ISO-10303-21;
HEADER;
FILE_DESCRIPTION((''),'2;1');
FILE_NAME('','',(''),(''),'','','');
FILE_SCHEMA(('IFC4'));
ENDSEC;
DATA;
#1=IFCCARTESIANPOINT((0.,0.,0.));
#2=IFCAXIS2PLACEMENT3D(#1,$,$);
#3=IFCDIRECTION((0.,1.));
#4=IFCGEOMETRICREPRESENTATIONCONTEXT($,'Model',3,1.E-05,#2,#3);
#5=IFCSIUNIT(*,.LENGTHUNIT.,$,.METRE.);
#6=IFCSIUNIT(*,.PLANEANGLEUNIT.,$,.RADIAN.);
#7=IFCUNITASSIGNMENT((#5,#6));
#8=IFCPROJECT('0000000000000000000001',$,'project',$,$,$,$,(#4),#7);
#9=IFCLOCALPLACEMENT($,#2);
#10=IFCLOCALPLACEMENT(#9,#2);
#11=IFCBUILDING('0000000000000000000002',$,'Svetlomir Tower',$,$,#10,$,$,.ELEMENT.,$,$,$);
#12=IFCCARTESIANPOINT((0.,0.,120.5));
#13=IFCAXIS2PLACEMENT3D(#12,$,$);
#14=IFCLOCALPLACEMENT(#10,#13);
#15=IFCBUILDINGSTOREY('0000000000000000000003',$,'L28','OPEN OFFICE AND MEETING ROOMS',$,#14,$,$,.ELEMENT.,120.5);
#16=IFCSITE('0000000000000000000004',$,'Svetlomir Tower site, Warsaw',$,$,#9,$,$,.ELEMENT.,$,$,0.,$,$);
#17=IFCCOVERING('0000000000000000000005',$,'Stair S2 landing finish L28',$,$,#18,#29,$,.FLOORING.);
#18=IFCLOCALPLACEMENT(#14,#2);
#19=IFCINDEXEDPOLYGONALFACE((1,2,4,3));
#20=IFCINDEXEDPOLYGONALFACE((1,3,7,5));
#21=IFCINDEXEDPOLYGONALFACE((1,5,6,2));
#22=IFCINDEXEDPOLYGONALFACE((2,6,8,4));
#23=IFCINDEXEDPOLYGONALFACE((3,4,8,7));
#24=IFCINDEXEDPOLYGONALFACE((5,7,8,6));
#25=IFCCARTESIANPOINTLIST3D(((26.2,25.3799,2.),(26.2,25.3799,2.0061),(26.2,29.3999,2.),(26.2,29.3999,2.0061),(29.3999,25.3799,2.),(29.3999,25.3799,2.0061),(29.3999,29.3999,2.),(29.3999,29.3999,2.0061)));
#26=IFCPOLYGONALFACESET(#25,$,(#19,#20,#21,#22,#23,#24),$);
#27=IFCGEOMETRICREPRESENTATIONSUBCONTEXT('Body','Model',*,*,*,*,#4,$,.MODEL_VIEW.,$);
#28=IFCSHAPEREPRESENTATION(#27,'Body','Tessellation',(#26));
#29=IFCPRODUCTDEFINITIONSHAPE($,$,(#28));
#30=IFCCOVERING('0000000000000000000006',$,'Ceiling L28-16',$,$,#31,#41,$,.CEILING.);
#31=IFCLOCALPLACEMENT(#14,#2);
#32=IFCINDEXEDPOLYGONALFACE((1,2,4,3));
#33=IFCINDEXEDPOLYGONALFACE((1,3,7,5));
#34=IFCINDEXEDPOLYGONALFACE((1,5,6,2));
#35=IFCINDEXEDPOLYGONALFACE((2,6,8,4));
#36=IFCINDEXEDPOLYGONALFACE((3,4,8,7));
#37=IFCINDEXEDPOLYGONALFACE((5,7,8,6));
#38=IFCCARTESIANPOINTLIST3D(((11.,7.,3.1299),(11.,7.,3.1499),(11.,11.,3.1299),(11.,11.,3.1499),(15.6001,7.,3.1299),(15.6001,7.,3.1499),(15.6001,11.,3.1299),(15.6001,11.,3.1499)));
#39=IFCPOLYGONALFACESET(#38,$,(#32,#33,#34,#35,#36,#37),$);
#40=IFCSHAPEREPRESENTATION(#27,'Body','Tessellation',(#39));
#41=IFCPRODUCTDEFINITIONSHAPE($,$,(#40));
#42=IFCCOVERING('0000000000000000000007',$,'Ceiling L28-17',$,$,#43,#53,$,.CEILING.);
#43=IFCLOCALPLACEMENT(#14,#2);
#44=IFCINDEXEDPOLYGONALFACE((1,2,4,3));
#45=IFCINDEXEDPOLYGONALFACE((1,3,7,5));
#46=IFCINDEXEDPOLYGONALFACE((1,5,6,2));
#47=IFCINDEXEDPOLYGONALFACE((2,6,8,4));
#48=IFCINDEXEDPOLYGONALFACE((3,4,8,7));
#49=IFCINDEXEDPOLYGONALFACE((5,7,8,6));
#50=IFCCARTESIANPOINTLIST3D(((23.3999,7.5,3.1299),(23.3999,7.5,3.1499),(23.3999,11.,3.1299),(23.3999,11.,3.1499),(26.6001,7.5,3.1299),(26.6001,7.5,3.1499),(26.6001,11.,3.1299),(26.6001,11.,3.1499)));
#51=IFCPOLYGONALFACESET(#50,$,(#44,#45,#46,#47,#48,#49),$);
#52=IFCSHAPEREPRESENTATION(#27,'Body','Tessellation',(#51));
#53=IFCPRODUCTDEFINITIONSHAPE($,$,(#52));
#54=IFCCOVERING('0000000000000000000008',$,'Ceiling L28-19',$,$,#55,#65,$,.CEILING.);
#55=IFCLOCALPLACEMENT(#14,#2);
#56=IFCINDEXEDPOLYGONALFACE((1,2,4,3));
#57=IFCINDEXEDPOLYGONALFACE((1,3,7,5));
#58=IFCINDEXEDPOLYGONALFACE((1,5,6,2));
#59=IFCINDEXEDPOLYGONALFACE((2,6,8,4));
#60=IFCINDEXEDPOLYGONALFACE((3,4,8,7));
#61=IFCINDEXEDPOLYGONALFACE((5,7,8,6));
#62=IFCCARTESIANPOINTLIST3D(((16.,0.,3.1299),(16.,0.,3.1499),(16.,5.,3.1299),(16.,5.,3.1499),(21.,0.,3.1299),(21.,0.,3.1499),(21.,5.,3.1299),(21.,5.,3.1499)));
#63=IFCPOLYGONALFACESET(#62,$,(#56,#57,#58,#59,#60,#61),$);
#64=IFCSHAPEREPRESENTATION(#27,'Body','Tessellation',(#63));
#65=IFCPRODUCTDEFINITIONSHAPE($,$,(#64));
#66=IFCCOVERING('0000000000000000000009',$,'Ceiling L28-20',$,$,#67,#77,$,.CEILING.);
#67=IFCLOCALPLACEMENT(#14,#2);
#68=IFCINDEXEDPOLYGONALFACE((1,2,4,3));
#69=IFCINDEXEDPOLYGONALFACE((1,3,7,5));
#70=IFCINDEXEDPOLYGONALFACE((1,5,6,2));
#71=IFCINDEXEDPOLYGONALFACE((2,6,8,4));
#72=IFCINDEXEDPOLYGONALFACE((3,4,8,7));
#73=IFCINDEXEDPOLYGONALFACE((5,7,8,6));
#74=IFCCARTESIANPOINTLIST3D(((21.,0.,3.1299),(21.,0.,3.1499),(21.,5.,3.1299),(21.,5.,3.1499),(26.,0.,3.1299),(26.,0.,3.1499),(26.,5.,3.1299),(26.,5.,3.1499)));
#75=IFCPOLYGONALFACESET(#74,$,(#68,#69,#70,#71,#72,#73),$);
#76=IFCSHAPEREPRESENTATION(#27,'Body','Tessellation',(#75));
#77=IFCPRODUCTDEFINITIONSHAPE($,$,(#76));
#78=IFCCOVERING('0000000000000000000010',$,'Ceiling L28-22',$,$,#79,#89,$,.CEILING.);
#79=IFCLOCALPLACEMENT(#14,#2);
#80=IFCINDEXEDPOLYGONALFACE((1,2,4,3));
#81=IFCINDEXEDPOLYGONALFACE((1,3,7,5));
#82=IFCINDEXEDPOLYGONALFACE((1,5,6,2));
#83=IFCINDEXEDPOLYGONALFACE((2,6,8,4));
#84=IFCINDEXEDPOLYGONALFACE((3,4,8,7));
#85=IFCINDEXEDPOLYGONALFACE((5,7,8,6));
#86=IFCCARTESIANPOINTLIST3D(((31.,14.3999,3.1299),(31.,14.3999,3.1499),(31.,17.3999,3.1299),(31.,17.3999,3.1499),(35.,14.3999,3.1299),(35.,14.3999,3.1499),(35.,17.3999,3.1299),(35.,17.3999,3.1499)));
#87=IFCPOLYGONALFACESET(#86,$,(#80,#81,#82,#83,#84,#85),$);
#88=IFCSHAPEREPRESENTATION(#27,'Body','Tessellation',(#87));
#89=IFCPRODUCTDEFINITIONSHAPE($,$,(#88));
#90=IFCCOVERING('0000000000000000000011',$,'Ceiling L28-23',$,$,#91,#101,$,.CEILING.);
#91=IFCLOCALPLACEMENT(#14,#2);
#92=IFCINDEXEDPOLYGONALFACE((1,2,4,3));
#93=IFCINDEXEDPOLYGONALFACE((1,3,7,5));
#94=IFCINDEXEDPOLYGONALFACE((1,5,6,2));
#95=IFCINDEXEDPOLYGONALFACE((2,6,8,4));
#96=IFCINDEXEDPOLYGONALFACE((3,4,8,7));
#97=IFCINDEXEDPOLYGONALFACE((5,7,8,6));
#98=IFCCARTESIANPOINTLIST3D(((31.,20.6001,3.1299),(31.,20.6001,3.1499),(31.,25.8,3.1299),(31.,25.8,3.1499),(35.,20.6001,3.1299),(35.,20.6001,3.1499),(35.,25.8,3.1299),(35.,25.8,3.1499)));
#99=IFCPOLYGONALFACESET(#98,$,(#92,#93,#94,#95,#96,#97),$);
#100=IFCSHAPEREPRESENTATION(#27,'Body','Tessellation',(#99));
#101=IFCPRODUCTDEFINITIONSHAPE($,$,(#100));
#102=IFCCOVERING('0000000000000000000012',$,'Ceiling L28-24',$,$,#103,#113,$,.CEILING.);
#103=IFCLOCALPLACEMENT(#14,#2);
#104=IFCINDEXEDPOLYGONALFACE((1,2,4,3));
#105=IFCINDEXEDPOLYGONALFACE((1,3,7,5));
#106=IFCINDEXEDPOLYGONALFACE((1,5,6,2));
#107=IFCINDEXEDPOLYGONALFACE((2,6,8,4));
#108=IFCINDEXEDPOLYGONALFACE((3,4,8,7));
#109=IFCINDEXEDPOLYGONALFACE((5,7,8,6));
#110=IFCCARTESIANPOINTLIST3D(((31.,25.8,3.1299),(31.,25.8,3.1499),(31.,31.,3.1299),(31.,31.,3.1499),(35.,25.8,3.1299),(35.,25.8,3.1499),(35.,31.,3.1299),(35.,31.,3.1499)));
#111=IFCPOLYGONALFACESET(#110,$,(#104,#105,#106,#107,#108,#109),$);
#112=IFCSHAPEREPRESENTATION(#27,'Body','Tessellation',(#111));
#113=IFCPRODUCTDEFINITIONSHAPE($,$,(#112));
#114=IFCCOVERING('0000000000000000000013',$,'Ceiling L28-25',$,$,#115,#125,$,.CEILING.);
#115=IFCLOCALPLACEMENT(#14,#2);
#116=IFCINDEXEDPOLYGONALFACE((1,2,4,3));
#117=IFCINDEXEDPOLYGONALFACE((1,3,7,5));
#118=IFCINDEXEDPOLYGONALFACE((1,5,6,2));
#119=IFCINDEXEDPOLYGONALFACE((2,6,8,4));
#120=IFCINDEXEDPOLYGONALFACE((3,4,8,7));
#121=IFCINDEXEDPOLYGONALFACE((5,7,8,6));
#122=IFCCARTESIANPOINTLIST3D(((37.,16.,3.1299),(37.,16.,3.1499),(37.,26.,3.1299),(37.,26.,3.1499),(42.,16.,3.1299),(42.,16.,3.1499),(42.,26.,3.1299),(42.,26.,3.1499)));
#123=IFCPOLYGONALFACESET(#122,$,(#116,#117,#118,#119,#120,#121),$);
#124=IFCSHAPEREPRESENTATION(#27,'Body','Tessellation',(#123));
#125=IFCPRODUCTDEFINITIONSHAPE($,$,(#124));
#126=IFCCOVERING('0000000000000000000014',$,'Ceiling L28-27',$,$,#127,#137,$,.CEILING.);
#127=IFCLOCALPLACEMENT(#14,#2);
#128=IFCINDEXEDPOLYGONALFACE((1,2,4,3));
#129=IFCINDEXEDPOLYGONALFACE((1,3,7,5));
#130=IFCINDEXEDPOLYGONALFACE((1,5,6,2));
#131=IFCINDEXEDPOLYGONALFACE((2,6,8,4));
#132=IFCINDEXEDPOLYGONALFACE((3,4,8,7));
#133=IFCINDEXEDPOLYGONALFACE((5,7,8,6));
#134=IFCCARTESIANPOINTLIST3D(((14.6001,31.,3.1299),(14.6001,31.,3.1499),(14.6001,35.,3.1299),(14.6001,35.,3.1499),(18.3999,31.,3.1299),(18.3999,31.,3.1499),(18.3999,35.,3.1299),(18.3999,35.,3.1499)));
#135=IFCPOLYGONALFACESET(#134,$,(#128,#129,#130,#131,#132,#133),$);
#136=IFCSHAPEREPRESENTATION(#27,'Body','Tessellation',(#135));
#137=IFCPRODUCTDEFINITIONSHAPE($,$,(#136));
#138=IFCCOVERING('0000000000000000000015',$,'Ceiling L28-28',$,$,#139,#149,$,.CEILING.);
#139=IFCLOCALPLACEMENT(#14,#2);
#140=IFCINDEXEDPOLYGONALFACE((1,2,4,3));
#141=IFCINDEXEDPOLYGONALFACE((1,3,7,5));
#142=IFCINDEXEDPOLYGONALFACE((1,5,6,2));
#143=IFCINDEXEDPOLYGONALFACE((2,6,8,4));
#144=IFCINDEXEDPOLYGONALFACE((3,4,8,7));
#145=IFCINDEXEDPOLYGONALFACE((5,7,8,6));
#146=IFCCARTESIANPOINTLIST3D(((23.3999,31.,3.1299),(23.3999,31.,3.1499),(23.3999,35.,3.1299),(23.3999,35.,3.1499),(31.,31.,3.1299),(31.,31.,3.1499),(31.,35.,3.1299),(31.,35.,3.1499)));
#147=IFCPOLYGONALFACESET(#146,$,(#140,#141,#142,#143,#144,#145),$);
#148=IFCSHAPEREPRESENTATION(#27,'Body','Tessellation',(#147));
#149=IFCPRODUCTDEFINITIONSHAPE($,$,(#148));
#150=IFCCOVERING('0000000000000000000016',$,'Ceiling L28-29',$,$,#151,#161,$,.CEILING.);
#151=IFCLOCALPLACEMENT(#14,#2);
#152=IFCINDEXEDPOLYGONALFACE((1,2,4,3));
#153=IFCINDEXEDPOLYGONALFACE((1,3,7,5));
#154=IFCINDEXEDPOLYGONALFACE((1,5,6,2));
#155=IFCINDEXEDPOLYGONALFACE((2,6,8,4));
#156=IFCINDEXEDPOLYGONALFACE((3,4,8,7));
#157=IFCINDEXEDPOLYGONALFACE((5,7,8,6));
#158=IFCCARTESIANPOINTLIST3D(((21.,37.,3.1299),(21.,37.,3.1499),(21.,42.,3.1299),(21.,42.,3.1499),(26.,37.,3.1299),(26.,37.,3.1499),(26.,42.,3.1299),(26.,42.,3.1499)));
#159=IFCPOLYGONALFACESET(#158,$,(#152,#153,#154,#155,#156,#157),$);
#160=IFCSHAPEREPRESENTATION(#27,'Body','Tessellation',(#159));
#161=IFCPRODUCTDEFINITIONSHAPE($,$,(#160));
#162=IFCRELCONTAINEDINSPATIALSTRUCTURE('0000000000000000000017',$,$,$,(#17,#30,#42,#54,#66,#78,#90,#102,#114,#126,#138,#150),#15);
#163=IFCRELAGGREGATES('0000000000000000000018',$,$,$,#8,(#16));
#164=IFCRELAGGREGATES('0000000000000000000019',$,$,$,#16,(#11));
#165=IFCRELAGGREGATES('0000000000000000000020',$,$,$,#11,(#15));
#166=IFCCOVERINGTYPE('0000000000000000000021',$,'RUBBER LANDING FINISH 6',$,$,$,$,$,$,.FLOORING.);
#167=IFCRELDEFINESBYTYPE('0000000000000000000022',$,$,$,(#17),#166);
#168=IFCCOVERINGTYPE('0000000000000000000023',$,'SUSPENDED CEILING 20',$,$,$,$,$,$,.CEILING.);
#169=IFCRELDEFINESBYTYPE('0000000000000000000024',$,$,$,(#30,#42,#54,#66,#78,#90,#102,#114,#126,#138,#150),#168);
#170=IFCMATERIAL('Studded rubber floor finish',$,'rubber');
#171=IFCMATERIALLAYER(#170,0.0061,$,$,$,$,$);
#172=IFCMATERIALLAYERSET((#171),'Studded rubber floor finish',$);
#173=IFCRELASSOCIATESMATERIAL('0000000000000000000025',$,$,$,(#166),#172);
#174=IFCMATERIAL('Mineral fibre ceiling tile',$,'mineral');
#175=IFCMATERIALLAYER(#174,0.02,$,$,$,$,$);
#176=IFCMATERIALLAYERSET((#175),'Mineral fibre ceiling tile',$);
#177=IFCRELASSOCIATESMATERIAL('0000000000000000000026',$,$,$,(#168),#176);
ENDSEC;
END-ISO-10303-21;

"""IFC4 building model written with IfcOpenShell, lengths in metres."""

from ifc_helpers import new_model, si_unit, direction, frame, origin, place, context, subcontext, project, spatial, polyline, outline, extrude, material, layer, layer_set, type_object, element, save


model = new_model("IFC4")

# Units and contexts
model_context = context("Model", 3, precision=1e-05, world=origin(), true_north=direction((0.0, 1.0)))
body_context = subcontext(model_context, "Body", "Model", "MODEL_VIEW")
ifc_project = project(units=[si_unit("LENGTHUNIT", "METRE"), si_unit("PLANEANGLEUNIT", "RADIAN")], contexts=[model_context])

# Site, building, storey
site_placement = place(None, origin())
site = spatial("IfcSite", under=ifc_project, at=site_placement, Name="Svetlomir Tower site, Warsaw", CompositionType="ELEMENT", RefElevation=0.0)
building_placement = place(site_placement, origin())
building = spatial("IfcBuilding", under=site, at=building_placement, Name="Svetlomir Tower", CompositionType="ELEMENT")
storey_placement = place(building_placement, frame((0.0, 0.0, 120.5)))
storey = spatial("IfcBuildingStorey", under=building, at=storey_placement, Name="L28", Description="OPEN OFFICE AND MEETING ROOMS", CompositionType="ELEMENT", Elevation=120.5)

# Coverings
ifc_material_1 = material(Name="Studded rubber floor finish", Category="rubber")
ifc_layer_1 = layer(ifc_material_1, 0.0061)
ifc_layer_set_1 = layer_set([ifc_layer_1], Name="Studded rubber floor finish")
covering_type_1 = type_object("IfcCoveringType", Name="RUBBER LANDING FINISH 6", PredefinedType="FLOORING", material=ifc_layer_set_1)
covering_1_placement = place(storey_placement, frame((0.0, 0.0, 2.0)))
element("IfcCovering", 1, at=covering_1_placement, inside=storey, type_object=covering_type_1, Name="Stair S2 landing finish L28", PredefinedType="FLOORING", context=body_context, shape_type="SweptSolid", body=[
    extrude(outline(polyline([(26.2, 25.3799), (29.3999, 25.3799), (29.3999, 29.3999), (26.2, 29.3999), (26.2, 25.3799)])), origin(), (0.0, 0.0, 1.0), 0.0061),
])
ifc_material_2 = material(Name="Mineral fibre ceiling tile", Category="mineral")
ifc_layer_2 = layer(ifc_material_2, 0.02)
ifc_layer_set_2 = layer_set([ifc_layer_2], Name="Mineral fibre ceiling tile")
covering_type_2 = type_object("IfcCoveringType", Name="SUSPENDED CEILING 20", PredefinedType="CEILING", material=ifc_layer_set_2)
covering_2_placement = place(storey_placement, frame((0.0, 0.0, 3.1299)))
element("IfcCovering", 2, at=covering_2_placement, inside=storey, type_object=covering_type_2, Name="Ceiling L28-16", PredefinedType="CEILING", context=body_context, shape_type="SweptSolid", body=[
    extrude(outline(polyline([(11.0, 7.0), (15.6001, 7.0), (15.6001, 11.0), (11.0, 11.0), (11.0, 7.0)])), origin(), (0.0, 0.0, 1.0), 0.02),
])
covering_3_placement = place(storey_placement, frame((0.0, 0.0, 3.1299)))
element("IfcCovering", 3, at=covering_3_placement, inside=storey, type_object=covering_type_2, Name="Ceiling L28-17", PredefinedType="CEILING", context=body_context, shape_type="SweptSolid", body=[
    extrude(outline(polyline([(23.3999, 7.5), (26.6001, 7.5), (26.6001, 11.0), (23.3999, 11.0), (23.3999, 7.5)])), origin(), (0.0, 0.0, 1.0), 0.02),
])
covering_4_placement = place(storey_placement, frame((0.0, 0.0, 3.1299)))
element("IfcCovering", 4, at=covering_4_placement, inside=storey, type_object=covering_type_2, Name="Ceiling L28-19", PredefinedType="CEILING", context=body_context, shape_type="SweptSolid", body=[
    extrude(outline(polyline([(16.0, 0.0), (21.0, 0.0), (21.0, 5.0), (16.0, 5.0), (16.0, 0.0)])), origin(), (0.0, 0.0, 1.0), 0.02),
])
covering_5_placement = place(storey_placement, frame((0.0, 0.0, 3.1299)))
element("IfcCovering", 5, at=covering_5_placement, inside=storey, type_object=covering_type_2, Name="Ceiling L28-20", PredefinedType="CEILING", context=body_context, shape_type="SweptSolid", body=[
    extrude(outline(polyline([(21.0, 0.0), (26.0, 0.0), (26.0, 5.0), (21.0, 5.0), (21.0, 0.0)])), origin(), (0.0, 0.0, 1.0), 0.02),
])
covering_6_placement = place(storey_placement, frame((0.0, 0.0, 3.1299)))
element("IfcCovering", 6, at=covering_6_placement, inside=storey, type_object=covering_type_2, Name="Ceiling L28-22", PredefinedType="CEILING", context=body_context, shape_type="SweptSolid", body=[
    extrude(outline(polyline([(31.0, 14.3999), (35.0, 14.3999), (35.0, 17.3999), (31.0, 17.3999), (31.0, 14.3999)])), origin(), (0.0, 0.0, 1.0), 0.02),
])
covering_7_placement = place(storey_placement, frame((0.0, 0.0, 3.1299)))
element("IfcCovering", 7, at=covering_7_placement, inside=storey, type_object=covering_type_2, Name="Ceiling L28-23", PredefinedType="CEILING", context=body_context, shape_type="SweptSolid", body=[
    extrude(outline(polyline([(31.0, 20.6001), (35.0, 20.6001), (35.0, 25.8), (31.0, 25.8), (31.0, 20.6001)])), origin(), (0.0, 0.0, 1.0), 0.02),
])
covering_8_placement = place(storey_placement, frame((0.0, 0.0, 3.1299)))
element("IfcCovering", 8, at=covering_8_placement, inside=storey, type_object=covering_type_2, Name="Ceiling L28-24", PredefinedType="CEILING", context=body_context, shape_type="SweptSolid", body=[
    extrude(outline(polyline([(31.0, 25.8), (35.0, 25.8), (35.0, 31.0), (31.0, 31.0), (31.0, 25.8)])), origin(), (0.0, 0.0, 1.0), 0.02),
])
covering_9_placement = place(storey_placement, frame((0.0, 0.0, 3.1299)))
element("IfcCovering", 9, at=covering_9_placement, inside=storey, type_object=covering_type_2, Name="Ceiling L28-25", PredefinedType="CEILING", context=body_context, shape_type="SweptSolid", body=[
    extrude(outline(polyline([(37.0, 16.0), (42.0, 16.0), (42.0, 26.0), (37.0, 26.0), (37.0, 16.0)])), origin(), (0.0, 0.0, 1.0), 0.02),
])
covering_10_placement = place(storey_placement, frame((0.0, 0.0, 3.1299)))
element("IfcCovering", 10, at=covering_10_placement, inside=storey, type_object=covering_type_2, Name="Ceiling L28-27", PredefinedType="CEILING", context=body_context, shape_type="SweptSolid", body=[
    extrude(outline(polyline([(14.6001, 31.0), (18.3999, 31.0), (18.3999, 35.0), (14.6001, 35.0), (14.6001, 31.0)])), origin(), (0.0, 0.0, 1.0), 0.02),
])
covering_11_placement = place(storey_placement, frame((0.0, 0.0, 3.1299)))
element("IfcCovering", 11, at=covering_11_placement, inside=storey, type_object=covering_type_2, Name="Ceiling L28-28", PredefinedType="CEILING", context=body_context, shape_type="SweptSolid", body=[
    extrude(outline(polyline([(23.3999, 31.0), (31.0, 31.0), (31.0, 35.0), (23.3999, 35.0), (23.3999, 31.0)])), origin(), (0.0, 0.0, 1.0), 0.02),
])
covering_12_placement = place(storey_placement, frame((0.0, 0.0, 3.1299)))
element("IfcCovering", 12, at=covering_12_placement, inside=storey, type_object=covering_type_2, Name="Ceiling L28-29", PredefinedType="CEILING", context=body_context, shape_type="SweptSolid", body=[
    extrude(outline(polyline([(21.0, 37.0), (26.0, 37.0), (26.0, 42.0), (21.0, 42.0), (21.0, 37.0)])), origin(), (0.0, 0.0, 1.0), 0.02),
])

save(model, "model.ifc")
